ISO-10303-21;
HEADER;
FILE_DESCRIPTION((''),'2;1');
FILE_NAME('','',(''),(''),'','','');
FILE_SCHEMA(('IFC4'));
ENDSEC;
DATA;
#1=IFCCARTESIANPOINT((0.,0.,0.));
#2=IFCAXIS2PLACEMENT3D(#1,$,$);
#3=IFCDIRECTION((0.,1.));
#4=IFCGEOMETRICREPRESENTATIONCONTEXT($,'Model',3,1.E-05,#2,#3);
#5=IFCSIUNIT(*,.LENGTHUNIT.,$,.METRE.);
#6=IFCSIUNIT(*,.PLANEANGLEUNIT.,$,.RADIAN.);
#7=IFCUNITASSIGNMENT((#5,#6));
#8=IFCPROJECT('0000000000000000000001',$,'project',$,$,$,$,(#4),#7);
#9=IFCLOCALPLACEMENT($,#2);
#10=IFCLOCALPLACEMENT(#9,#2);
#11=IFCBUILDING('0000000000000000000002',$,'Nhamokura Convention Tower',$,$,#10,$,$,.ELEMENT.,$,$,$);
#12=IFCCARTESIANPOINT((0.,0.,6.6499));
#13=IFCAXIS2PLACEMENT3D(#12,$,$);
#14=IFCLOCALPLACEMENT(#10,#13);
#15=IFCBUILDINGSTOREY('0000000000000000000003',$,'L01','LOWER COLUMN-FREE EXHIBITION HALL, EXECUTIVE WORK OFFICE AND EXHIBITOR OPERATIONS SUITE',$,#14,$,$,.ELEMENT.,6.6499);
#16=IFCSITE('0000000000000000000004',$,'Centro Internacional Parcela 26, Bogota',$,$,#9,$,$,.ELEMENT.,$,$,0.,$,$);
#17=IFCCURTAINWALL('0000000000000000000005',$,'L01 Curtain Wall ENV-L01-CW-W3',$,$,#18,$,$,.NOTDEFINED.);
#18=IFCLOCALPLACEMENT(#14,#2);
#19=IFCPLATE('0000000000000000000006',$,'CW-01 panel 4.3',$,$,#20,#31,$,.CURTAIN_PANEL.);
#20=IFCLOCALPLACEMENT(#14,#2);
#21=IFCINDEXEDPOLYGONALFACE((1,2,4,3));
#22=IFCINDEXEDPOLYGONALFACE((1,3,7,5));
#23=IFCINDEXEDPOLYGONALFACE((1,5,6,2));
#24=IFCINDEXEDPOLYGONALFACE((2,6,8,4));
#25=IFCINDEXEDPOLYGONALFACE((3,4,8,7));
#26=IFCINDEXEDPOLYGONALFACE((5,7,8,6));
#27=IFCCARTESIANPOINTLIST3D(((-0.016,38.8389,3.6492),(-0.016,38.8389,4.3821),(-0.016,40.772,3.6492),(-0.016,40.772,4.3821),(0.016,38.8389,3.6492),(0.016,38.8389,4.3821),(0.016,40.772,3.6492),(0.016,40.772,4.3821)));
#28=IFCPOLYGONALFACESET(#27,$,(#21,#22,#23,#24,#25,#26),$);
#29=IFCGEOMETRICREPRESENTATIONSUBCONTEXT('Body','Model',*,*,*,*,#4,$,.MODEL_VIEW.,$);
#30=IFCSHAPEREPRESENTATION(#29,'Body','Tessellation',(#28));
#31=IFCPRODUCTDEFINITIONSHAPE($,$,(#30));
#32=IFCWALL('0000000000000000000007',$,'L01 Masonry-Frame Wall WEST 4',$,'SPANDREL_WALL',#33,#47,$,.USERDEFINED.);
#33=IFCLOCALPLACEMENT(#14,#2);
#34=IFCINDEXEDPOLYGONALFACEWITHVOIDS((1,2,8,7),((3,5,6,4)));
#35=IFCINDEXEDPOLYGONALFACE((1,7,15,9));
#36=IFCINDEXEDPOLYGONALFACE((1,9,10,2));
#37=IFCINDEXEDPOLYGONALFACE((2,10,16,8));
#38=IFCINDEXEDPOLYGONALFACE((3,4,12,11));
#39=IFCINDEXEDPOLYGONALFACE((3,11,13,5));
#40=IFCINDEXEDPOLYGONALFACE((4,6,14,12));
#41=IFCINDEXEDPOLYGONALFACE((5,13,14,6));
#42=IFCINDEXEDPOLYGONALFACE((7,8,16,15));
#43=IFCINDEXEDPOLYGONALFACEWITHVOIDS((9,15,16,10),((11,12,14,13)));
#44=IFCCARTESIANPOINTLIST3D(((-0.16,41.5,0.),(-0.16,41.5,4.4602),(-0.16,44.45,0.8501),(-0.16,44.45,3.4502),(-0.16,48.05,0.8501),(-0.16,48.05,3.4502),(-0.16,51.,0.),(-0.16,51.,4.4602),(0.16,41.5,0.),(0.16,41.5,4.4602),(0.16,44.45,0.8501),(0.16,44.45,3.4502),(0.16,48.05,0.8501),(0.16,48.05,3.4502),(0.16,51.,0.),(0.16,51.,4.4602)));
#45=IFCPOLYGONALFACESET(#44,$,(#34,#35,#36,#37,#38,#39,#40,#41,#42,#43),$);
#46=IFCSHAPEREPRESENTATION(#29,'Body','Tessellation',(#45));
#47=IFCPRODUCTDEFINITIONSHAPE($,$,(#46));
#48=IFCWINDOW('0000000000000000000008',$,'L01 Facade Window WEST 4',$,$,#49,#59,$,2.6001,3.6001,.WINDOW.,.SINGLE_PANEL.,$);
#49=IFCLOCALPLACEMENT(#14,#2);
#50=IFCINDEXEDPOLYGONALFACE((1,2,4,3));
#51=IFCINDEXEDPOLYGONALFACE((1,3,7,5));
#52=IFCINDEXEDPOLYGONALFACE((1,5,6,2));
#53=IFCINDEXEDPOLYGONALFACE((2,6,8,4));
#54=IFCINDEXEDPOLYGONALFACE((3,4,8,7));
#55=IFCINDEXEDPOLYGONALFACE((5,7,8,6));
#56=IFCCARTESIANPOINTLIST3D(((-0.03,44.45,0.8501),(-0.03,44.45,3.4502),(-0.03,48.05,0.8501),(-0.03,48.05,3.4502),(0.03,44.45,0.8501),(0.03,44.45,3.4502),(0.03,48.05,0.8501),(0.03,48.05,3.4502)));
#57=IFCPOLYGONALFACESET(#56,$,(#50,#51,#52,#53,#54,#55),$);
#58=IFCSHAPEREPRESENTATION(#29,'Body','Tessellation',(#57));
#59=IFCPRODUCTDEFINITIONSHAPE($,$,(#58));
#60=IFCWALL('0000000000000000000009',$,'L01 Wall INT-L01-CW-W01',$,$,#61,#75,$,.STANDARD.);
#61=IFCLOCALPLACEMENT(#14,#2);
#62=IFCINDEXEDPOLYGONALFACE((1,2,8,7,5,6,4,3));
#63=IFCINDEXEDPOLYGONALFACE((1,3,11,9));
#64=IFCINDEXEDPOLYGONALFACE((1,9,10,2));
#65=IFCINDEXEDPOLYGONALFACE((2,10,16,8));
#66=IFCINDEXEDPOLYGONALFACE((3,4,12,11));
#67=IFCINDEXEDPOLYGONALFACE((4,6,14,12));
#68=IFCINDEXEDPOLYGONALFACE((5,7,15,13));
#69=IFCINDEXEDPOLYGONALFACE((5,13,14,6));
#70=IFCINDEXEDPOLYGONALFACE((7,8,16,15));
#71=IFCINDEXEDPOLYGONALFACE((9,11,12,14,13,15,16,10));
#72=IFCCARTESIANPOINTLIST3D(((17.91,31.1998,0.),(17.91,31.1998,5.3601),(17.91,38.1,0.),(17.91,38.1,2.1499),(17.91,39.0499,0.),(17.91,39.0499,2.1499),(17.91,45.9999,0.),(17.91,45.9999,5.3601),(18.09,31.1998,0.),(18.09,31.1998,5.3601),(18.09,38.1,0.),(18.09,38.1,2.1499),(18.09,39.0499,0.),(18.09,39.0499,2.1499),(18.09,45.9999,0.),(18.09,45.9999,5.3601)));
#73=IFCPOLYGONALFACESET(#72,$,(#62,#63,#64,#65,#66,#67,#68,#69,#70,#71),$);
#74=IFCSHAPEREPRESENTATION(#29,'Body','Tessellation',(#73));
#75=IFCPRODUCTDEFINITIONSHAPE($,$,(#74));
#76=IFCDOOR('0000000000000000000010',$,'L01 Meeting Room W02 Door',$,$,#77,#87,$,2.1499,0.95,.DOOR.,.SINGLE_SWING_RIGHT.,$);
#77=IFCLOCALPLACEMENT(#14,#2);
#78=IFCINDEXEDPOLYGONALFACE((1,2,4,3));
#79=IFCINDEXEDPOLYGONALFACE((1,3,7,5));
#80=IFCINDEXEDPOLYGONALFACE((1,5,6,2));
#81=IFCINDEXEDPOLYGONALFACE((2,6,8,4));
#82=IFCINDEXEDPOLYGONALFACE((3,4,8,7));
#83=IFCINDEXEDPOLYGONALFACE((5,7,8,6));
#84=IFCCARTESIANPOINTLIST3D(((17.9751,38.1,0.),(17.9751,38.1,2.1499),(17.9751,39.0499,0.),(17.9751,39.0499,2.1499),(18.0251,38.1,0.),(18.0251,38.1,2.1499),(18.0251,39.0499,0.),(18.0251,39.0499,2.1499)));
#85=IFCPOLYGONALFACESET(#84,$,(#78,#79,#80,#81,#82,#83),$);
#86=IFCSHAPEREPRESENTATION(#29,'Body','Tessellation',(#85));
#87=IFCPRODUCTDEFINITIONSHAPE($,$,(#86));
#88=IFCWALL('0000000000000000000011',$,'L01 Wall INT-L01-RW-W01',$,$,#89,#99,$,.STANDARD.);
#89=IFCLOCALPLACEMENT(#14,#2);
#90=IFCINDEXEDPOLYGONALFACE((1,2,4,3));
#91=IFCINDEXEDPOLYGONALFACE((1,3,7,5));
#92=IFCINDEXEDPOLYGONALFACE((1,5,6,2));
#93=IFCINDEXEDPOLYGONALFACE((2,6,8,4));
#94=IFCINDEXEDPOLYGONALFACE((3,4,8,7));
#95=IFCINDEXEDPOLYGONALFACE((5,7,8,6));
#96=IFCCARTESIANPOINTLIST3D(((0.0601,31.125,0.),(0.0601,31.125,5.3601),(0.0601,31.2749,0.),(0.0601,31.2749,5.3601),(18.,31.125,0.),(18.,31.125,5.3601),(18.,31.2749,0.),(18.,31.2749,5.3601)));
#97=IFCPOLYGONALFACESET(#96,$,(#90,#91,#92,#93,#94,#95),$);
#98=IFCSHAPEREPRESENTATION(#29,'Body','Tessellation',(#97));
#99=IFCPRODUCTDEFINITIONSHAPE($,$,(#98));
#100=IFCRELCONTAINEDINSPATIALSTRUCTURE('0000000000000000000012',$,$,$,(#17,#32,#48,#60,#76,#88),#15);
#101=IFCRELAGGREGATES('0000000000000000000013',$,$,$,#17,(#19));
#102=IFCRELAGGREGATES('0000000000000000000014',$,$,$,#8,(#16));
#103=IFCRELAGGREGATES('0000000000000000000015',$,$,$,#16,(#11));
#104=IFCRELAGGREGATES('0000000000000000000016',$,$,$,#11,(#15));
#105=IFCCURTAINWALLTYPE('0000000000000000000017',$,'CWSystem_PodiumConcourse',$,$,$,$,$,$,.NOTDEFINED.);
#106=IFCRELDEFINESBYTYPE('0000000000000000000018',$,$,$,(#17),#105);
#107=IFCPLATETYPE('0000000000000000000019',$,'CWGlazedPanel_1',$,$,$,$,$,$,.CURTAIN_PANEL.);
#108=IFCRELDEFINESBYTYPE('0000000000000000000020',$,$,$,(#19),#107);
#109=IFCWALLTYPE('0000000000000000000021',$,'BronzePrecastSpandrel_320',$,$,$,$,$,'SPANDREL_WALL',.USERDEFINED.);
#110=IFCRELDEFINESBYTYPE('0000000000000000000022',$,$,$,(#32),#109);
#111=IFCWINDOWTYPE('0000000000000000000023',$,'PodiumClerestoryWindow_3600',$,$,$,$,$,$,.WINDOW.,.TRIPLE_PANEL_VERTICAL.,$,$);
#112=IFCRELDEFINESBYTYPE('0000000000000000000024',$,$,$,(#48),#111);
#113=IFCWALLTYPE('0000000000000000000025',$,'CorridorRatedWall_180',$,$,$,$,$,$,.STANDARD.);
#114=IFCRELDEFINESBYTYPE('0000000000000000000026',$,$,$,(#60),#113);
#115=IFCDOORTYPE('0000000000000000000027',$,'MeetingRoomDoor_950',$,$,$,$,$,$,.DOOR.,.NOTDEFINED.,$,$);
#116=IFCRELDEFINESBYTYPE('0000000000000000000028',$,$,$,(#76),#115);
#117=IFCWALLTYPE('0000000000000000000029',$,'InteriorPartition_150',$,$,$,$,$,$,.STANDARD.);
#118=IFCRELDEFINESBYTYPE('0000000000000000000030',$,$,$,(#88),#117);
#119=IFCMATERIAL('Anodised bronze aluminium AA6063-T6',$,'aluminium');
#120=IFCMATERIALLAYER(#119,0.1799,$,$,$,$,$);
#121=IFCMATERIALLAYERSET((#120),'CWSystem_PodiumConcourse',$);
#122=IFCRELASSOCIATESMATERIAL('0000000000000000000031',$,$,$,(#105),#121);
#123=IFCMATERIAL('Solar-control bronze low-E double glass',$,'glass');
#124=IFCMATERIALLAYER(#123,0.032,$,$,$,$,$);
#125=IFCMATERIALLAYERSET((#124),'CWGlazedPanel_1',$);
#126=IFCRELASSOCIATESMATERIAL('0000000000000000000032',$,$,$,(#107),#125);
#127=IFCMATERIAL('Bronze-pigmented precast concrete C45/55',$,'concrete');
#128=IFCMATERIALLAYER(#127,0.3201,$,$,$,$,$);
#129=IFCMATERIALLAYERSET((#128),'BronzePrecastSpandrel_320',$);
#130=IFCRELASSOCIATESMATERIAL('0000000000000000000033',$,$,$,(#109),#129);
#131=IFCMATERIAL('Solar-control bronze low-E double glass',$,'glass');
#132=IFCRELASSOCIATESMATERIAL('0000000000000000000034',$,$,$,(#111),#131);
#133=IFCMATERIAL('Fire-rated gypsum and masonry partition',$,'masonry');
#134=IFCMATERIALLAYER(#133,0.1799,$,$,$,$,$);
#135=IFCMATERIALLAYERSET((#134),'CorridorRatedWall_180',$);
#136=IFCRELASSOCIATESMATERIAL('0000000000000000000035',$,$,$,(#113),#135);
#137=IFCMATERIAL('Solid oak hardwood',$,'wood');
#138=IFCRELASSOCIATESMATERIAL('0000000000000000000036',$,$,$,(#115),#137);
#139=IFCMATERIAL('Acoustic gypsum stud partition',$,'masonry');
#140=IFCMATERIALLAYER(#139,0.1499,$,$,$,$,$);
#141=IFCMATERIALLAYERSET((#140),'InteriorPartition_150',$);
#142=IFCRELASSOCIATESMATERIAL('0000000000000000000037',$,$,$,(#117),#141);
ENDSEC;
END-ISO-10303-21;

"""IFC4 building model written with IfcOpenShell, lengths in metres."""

from ifc_helpers import new_model, si_unit, direction, frame, frame_2d, origin, origin_2d, place, context, subcontext, project, spatial, rectangle, extrude, material, layer, layer_set, type_object, element, fill, aggregate, save


model = new_model("IFC4")

# Units and contexts
model_context = context("Model", 3, precision=1e-05, world=origin(), true_north=direction((0.0, 1.0)))
body_context = subcontext(model_context, "Body", "Model", "MODEL_VIEW")
ifc_project = project(units=[si_unit("LENGTHUNIT", "METRE"), si_unit("PLANEANGLEUNIT", "RADIAN")], contexts=[model_context])

# Site, building, storey
site_placement = place(None, origin())
site = spatial("IfcSite", under=ifc_project, at=site_placement, Name="Centro Internacional Parcela 26, Bogota", CompositionType="ELEMENT", RefElevation=0.0)
building_placement = place(site_placement, origin())
building = spatial("IfcBuilding", under=site, at=building_placement, Name="Nhamokura Convention Tower", CompositionType="ELEMENT")
storey_placement = place(building_placement, frame((0.0, 0.0, 6.6499)))
storey = spatial("IfcBuildingStorey", under=building, at=storey_placement, Name="L01", Description="LOWER COLUMN-FREE EXHIBITION HALL, EXECUTIVE WORK OFFICE AND EXHIBITOR OPERATIONS SUITE", CompositionType="ELEMENT", Elevation=6.6499)

# Curtain wall
ifc_material_1 = material(Name="Anodised bronze aluminium AA6063-T6", Category="aluminium")
ifc_layer_1 = layer(ifc_material_1, 0.1799)
ifc_layer_set_1 = layer_set([ifc_layer_1], Name="CWSystem_PodiumConcourse")
curtain_wall_type = type_object("IfcCurtainWallType", Name="CWSystem_PodiumConcourse", PredefinedType="NOTDEFINED", material=ifc_layer_set_1)
curtain_wall_placement = place(storey_placement, origin())
curtain_wall = element("IfcCurtainWall", 1, at=curtain_wall_placement, inside=storey, type_object=curtain_wall_type, Name="L01 Curtain Wall ENV-L01-CW-W3", PredefinedType="NOTDEFINED")

# Plate
ifc_material_2 = material(Name="Solar-control bronze low-E double glass", Category="glass")
ifc_layer_2 = layer(ifc_material_2, 0.032)
ifc_layer_set_2 = layer_set([ifc_layer_2], Name="CWGlazedPanel_1")
plate_type = type_object("IfcPlateType", Name="CWGlazedPanel_1", PredefinedType="CURTAIN_PANEL", material=ifc_layer_set_2)
plate_1_placement = place(storey_placement, frame((0.0, 39.8054, 3.6492), z_axis=(0.0, 0.0, 1.0), x_axis=(0.0, 1.0, 0.0)))
plate_1 = element("IfcPlate", 2, at=plate_1_placement, type_object=plate_type, Name="CW-01 panel 4.3", PredefinedType="CURTAIN_PANEL", context=body_context, shape_type="SweptSolid", body=[
    extrude(rectangle(XDim=1.9331, YDim=0.032, at=origin_2d()), origin(), (0.0, 0.0, 1.0), 0.7329),
])
aggregate(curtain_wall, [plate_1])

# Wall, opening, window
ifc_material_3 = material(Name="Bronze-pigmented precast concrete C45/55", Category="concrete")
ifc_layer_3 = layer(ifc_material_3, 0.3201)
ifc_layer_set_3 = layer_set([ifc_layer_3], Name="BronzePrecastSpandrel_320")
wall_type_1 = type_object("IfcWallType", Name="BronzePrecastSpandrel_320", ElementType="SPANDREL_WALL", PredefinedType="USERDEFINED", material=ifc_layer_set_3)
wall_1_placement = place(storey_placement, frame((0.0, 41.5, 0.0), z_axis=(0.0, 0.0, 1.0), x_axis=(0.0, 1.0, 0.0)))
wall_1 = element("IfcWall", 3, at=wall_1_placement, inside=storey, type_object=wall_type_1, Name="L01 Masonry-Frame Wall WEST 4", ObjectType="SPANDREL_WALL", PredefinedType="USERDEFINED", context=body_context, shape_type="SweptSolid", body=[
    extrude(rectangle(XDim=9.5, YDim=0.3201, at=frame_2d((4.75, 0.0))), origin(), (0.0, 0.0, 1.0), 4.4602),
])
opening_1_placement = place(wall_1_placement, frame((2.95, 0.0, 0.8501)))
opening_1 = element("IfcOpeningElement", 4, at=opening_1_placement, cuts=wall_1, PredefinedType="OPENING", context=body_context, shape_type="SweptSolid", body=[
    extrude(rectangle(XDim=3.6001, YDim=2.6001, at=frame_2d((1.8, 1.3))), frame((0.0, 0.1699, 0.0), z_axis=(0.0, -1.0, 0.0), x_axis=(1.0, 0.0, 0.0)), (0.0, 0.0, 1.0), 0.3401),
])
ifc_material_4 = material(Name="Solar-control bronze low-E double glass", Category="glass")
window_type = type_object("IfcWindowType", Name="PodiumClerestoryWindow_3600", PartitioningType="TRIPLE_PANEL_VERTICAL", PredefinedType="WINDOW", material=ifc_material_4)
window_placement = place(opening_1_placement, origin())
window = element("IfcWindow", 5, at=window_placement, inside=storey, type_object=window_type, Name="L01 Facade Window WEST 4", OverallHeight=2.6001, OverallWidth=3.6001, PartitioningType="SINGLE_PANEL", PredefinedType="WINDOW", context=body_context, shape_type="SweptSolid", body=[
    extrude(rectangle(XDim=3.6001, YDim=2.6001, at=frame_2d((1.8, 1.3))), frame((0.0, 0.03, 0.0), z_axis=(0.0, -1.0, 0.0), x_axis=(1.0, 0.0, 0.0)), (0.0, 0.0, 1.0), 0.0601),
])
fill(opening_1, window)

# Wall, opening, door
ifc_material_5 = material(Name="Fire-rated gypsum and masonry partition", Category="masonry")
ifc_layer_4 = layer(ifc_material_5, 0.1799)
ifc_layer_set_4 = layer_set([ifc_layer_4], Name="CorridorRatedWall_180")
wall_type_2 = type_object("IfcWallType", Name="CorridorRatedWall_180", PredefinedType="STANDARD", material=ifc_layer_set_4)
wall_2_placement = place(storey_placement, frame((18.0, 31.2, 0.0), z_axis=(0.0, 0.0, 1.0), x_axis=(0.0, 1.0, 0.0)))
wall_2 = element("IfcWall", 6, at=wall_2_placement, inside=storey, type_object=wall_type_2, Name="L01 Wall INT-L01-CW-W01", PredefinedType="STANDARD", context=body_context, shape_type="SweptSolid", body=[
    extrude(rectangle(XDim=14.8, YDim=0.1799, at=frame_2d((7.3999, 0.0))), origin(), (0.0, 0.0, 1.0), 5.3601),
])
opening_2_placement = place(wall_2_placement, frame((6.8999, 0.0, 0.0)))
opening_2 = element("IfcOpeningElement", 7, at=opening_2_placement, cuts=wall_2, PredefinedType="OPENING", context=body_context, shape_type="SweptSolid", body=[
    extrude(rectangle(XDim=0.95, YDim=2.1499, at=frame_2d((0.4751, 1.075))), frame((0.0, 0.0999, 0.0), z_axis=(0.0, -1.0, 0.0), x_axis=(1.0, 0.0, 0.0)), (0.0, 0.0, 1.0), 0.2),
])
ifc_material_6 = material(Name="Solid oak hardwood", Category="wood")
door_type = type_object("IfcDoorType", Name="MeetingRoomDoor_950", OperationType="NOTDEFINED", PredefinedType="DOOR", material=ifc_material_6)
door_placement = place(opening_2_placement, origin())
door = element("IfcDoor", 8, at=door_placement, inside=storey, type_object=door_type, Name="L01 Meeting Room W02 Door", OperationType="SINGLE_SWING_RIGHT", OverallHeight=2.1499, OverallWidth=0.95, PredefinedType="DOOR", context=body_context, shape_type="SweptSolid", body=[
    extrude(rectangle(XDim=0.95, YDim=2.1499, at=frame_2d((0.4751, 1.075))), frame((0.0, 0.0249, 0.0), z_axis=(0.0, -1.0, 0.0), x_axis=(1.0, 0.0, 0.0)), (0.0, 0.0, 1.0), 0.05),
])
fill(opening_2, door)

# Wall
ifc_material_7 = material(Name="Acoustic gypsum stud partition", Category="masonry")
ifc_layer_5 = layer(ifc_material_7, 0.1499)
ifc_layer_set_5 = layer_set([ifc_layer_5], Name="InteriorPartition_150")
wall_type_3 = type_object("IfcWallType", Name="InteriorPartition_150", PredefinedType="STANDARD", material=ifc_layer_set_5)
wall_3_placement = place(storey_placement, frame((0.0601, 31.2, 0.0), z_axis=(0.0, 0.0, 1.0), x_axis=(1.0, 0.0, 0.0)))
element("IfcWall", 9, at=wall_3_placement, inside=storey, type_object=wall_type_3, Name="L01 Wall INT-L01-RW-W01", PredefinedType="STANDARD", context=body_context, shape_type="SweptSolid", body=[
    extrude(rectangle(XDim=17.9399, YDim=0.1499, at=frame_2d((8.97, 0.0))), origin(), (0.0, 0.0, 1.0), 5.3601),
])

save(model, "model.ifc")
